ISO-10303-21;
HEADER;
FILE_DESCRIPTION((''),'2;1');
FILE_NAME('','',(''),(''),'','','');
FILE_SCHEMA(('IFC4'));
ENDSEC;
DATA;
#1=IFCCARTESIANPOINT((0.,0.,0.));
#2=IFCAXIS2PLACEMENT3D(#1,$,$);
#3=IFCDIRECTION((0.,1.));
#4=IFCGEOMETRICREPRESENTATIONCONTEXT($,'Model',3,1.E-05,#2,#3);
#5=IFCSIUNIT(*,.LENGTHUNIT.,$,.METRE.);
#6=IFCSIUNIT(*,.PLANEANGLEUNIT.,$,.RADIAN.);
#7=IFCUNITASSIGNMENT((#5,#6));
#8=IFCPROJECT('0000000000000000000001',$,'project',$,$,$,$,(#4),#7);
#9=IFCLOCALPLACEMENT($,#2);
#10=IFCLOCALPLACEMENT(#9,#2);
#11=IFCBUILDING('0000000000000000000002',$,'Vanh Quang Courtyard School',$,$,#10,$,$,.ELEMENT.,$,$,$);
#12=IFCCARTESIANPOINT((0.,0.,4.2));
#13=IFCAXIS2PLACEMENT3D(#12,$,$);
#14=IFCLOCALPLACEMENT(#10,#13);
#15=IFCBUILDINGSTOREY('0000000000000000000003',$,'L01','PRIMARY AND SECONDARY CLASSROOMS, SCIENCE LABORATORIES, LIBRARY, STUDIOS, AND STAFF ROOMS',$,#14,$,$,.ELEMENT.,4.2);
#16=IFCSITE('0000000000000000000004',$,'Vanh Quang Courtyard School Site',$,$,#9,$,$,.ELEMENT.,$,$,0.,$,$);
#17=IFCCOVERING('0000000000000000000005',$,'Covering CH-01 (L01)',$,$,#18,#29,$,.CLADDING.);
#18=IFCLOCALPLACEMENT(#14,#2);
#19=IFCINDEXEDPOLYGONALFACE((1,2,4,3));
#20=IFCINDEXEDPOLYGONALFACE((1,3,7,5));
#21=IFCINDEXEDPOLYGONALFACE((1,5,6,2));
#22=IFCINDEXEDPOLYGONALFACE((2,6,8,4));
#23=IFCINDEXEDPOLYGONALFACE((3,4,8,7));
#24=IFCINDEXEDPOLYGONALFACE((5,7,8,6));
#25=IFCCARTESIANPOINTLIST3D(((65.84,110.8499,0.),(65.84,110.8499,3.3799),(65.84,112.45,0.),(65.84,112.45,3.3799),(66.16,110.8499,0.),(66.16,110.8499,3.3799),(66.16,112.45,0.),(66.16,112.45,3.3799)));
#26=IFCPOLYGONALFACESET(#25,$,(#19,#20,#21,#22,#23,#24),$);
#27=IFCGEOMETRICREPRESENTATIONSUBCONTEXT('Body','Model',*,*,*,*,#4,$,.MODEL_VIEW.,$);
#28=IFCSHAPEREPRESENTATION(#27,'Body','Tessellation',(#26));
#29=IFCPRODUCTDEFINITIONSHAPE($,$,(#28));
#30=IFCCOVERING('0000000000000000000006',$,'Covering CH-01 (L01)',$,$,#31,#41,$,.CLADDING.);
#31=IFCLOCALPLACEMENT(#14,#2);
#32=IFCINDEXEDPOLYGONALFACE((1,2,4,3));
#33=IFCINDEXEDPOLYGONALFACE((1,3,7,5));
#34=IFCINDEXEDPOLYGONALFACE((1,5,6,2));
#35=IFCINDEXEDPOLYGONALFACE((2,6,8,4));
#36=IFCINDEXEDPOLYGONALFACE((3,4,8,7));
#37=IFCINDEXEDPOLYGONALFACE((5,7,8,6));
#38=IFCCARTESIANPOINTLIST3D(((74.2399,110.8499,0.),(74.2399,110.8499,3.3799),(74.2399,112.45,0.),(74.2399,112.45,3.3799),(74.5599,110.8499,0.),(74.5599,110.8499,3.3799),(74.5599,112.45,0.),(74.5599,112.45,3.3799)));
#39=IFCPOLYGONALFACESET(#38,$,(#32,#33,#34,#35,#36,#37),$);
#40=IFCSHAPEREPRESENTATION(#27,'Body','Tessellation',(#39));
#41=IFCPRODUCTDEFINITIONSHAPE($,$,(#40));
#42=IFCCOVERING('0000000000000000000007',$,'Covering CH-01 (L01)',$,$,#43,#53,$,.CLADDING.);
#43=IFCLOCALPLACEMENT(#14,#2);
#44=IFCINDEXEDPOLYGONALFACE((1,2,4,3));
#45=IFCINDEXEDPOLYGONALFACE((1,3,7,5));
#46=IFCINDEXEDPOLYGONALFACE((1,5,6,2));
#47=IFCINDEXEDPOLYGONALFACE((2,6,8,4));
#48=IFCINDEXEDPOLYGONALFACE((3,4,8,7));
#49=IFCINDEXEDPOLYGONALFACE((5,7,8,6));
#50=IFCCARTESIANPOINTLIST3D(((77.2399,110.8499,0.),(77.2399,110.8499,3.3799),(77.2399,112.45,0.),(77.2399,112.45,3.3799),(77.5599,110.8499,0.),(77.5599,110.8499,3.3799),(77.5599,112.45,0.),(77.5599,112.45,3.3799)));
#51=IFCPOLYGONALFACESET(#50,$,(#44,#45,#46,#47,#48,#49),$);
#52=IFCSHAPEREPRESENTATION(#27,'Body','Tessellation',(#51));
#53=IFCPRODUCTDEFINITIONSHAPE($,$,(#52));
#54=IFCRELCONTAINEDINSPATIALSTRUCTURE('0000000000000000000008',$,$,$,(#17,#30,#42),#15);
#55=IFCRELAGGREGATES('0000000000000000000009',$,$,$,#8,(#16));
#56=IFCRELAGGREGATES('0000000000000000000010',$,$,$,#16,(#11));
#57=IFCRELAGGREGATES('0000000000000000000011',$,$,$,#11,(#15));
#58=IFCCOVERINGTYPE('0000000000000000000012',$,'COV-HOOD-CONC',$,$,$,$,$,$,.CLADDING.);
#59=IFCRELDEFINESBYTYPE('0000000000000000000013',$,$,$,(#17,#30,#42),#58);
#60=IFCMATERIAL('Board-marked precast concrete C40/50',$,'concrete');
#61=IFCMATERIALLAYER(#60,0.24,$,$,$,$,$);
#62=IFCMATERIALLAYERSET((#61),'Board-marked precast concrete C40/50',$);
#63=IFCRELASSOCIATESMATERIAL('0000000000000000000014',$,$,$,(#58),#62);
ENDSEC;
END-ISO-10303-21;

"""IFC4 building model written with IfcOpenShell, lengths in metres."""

from ifc_helpers import new_model, si_unit, direction, frame, origin, origin_2d, place, context, subcontext, project, spatial, rectangle, extrude, material, layer, layer_set, type_object, element, save


model = new_model("IFC4")

# Units and contexts
model_context = context("Model", 3, precision=1e-05, world=origin(), true_north=direction((0.0, 1.0)))
body_context = subcontext(model_context, "Body", "Model", "MODEL_VIEW")
ifc_project = project(units=[si_unit("LENGTHUNIT", "METRE"), si_unit("PLANEANGLEUNIT", "RADIAN")], contexts=[model_context])

# Site, building, storey
site_placement = place(None, origin())
site = spatial("IfcSite", under=ifc_project, at=site_placement, Name="Vanh Quang Courtyard School Site", CompositionType="ELEMENT", RefElevation=0.0)
building_placement = place(site_placement, origin())
building = spatial("IfcBuilding", under=site, at=building_placement, Name="Vanh Quang Courtyard School", CompositionType="ELEMENT")
storey_placement = place(building_placement, frame((0.0, 0.0, 4.2)))
storey = spatial("IfcBuildingStorey", under=building, at=storey_placement, Name="L01", Description="PRIMARY AND SECONDARY CLASSROOMS, SCIENCE LABORATORIES, LIBRARY, STUDIOS, AND STAFF ROOMS", CompositionType="ELEMENT", Elevation=4.2)

# Coverings
ifc_material_1 = material(Name="Board-marked precast concrete C40/50", Category="concrete")
ifc_layer_1 = layer(ifc_material_1, 0.24)
ifc_layer_set_1 = layer_set([ifc_layer_1], Name="Board-marked precast concrete C40/50")
covering_type = type_object("IfcCoveringType", Name="COV-HOOD-CONC", PredefinedType="CLADDING", material=ifc_layer_set_1)
for number, where, z_axis, x_axis, name in (
    (1, (66.0, 111.6499, 0.0), (0.0, 0.0, 1.0), (0.0, 1.0, 0.0), "Covering CH-01 (L01)"),
    (2, (74.3999, 111.6499, 0.0), (0.0, 0.0, 1.0), (0.0, 1.0, 0.0), "Covering CH-01 (L01)"),
    (3, (77.3999, 111.6499, 0.0), (0.0, 0.0, 1.0), (0.0, 1.0, 0.0), "Covering CH-01 (L01)"),
):
    element("IfcCovering", number, at=place(storey_placement, frame(where, z_axis=z_axis, x_axis=x_axis)), inside=storey, type_object=covering_type, Name=name, PredefinedType="CLADDING", context=body_context, shape_type="SweptSolid", body=[
        extrude(rectangle(XDim=1.6001, YDim=0.3201, at=origin_2d()), origin(), (0.0, 0.0, 1.0), 3.3799),
    ])

save(model, "model.ifc")
